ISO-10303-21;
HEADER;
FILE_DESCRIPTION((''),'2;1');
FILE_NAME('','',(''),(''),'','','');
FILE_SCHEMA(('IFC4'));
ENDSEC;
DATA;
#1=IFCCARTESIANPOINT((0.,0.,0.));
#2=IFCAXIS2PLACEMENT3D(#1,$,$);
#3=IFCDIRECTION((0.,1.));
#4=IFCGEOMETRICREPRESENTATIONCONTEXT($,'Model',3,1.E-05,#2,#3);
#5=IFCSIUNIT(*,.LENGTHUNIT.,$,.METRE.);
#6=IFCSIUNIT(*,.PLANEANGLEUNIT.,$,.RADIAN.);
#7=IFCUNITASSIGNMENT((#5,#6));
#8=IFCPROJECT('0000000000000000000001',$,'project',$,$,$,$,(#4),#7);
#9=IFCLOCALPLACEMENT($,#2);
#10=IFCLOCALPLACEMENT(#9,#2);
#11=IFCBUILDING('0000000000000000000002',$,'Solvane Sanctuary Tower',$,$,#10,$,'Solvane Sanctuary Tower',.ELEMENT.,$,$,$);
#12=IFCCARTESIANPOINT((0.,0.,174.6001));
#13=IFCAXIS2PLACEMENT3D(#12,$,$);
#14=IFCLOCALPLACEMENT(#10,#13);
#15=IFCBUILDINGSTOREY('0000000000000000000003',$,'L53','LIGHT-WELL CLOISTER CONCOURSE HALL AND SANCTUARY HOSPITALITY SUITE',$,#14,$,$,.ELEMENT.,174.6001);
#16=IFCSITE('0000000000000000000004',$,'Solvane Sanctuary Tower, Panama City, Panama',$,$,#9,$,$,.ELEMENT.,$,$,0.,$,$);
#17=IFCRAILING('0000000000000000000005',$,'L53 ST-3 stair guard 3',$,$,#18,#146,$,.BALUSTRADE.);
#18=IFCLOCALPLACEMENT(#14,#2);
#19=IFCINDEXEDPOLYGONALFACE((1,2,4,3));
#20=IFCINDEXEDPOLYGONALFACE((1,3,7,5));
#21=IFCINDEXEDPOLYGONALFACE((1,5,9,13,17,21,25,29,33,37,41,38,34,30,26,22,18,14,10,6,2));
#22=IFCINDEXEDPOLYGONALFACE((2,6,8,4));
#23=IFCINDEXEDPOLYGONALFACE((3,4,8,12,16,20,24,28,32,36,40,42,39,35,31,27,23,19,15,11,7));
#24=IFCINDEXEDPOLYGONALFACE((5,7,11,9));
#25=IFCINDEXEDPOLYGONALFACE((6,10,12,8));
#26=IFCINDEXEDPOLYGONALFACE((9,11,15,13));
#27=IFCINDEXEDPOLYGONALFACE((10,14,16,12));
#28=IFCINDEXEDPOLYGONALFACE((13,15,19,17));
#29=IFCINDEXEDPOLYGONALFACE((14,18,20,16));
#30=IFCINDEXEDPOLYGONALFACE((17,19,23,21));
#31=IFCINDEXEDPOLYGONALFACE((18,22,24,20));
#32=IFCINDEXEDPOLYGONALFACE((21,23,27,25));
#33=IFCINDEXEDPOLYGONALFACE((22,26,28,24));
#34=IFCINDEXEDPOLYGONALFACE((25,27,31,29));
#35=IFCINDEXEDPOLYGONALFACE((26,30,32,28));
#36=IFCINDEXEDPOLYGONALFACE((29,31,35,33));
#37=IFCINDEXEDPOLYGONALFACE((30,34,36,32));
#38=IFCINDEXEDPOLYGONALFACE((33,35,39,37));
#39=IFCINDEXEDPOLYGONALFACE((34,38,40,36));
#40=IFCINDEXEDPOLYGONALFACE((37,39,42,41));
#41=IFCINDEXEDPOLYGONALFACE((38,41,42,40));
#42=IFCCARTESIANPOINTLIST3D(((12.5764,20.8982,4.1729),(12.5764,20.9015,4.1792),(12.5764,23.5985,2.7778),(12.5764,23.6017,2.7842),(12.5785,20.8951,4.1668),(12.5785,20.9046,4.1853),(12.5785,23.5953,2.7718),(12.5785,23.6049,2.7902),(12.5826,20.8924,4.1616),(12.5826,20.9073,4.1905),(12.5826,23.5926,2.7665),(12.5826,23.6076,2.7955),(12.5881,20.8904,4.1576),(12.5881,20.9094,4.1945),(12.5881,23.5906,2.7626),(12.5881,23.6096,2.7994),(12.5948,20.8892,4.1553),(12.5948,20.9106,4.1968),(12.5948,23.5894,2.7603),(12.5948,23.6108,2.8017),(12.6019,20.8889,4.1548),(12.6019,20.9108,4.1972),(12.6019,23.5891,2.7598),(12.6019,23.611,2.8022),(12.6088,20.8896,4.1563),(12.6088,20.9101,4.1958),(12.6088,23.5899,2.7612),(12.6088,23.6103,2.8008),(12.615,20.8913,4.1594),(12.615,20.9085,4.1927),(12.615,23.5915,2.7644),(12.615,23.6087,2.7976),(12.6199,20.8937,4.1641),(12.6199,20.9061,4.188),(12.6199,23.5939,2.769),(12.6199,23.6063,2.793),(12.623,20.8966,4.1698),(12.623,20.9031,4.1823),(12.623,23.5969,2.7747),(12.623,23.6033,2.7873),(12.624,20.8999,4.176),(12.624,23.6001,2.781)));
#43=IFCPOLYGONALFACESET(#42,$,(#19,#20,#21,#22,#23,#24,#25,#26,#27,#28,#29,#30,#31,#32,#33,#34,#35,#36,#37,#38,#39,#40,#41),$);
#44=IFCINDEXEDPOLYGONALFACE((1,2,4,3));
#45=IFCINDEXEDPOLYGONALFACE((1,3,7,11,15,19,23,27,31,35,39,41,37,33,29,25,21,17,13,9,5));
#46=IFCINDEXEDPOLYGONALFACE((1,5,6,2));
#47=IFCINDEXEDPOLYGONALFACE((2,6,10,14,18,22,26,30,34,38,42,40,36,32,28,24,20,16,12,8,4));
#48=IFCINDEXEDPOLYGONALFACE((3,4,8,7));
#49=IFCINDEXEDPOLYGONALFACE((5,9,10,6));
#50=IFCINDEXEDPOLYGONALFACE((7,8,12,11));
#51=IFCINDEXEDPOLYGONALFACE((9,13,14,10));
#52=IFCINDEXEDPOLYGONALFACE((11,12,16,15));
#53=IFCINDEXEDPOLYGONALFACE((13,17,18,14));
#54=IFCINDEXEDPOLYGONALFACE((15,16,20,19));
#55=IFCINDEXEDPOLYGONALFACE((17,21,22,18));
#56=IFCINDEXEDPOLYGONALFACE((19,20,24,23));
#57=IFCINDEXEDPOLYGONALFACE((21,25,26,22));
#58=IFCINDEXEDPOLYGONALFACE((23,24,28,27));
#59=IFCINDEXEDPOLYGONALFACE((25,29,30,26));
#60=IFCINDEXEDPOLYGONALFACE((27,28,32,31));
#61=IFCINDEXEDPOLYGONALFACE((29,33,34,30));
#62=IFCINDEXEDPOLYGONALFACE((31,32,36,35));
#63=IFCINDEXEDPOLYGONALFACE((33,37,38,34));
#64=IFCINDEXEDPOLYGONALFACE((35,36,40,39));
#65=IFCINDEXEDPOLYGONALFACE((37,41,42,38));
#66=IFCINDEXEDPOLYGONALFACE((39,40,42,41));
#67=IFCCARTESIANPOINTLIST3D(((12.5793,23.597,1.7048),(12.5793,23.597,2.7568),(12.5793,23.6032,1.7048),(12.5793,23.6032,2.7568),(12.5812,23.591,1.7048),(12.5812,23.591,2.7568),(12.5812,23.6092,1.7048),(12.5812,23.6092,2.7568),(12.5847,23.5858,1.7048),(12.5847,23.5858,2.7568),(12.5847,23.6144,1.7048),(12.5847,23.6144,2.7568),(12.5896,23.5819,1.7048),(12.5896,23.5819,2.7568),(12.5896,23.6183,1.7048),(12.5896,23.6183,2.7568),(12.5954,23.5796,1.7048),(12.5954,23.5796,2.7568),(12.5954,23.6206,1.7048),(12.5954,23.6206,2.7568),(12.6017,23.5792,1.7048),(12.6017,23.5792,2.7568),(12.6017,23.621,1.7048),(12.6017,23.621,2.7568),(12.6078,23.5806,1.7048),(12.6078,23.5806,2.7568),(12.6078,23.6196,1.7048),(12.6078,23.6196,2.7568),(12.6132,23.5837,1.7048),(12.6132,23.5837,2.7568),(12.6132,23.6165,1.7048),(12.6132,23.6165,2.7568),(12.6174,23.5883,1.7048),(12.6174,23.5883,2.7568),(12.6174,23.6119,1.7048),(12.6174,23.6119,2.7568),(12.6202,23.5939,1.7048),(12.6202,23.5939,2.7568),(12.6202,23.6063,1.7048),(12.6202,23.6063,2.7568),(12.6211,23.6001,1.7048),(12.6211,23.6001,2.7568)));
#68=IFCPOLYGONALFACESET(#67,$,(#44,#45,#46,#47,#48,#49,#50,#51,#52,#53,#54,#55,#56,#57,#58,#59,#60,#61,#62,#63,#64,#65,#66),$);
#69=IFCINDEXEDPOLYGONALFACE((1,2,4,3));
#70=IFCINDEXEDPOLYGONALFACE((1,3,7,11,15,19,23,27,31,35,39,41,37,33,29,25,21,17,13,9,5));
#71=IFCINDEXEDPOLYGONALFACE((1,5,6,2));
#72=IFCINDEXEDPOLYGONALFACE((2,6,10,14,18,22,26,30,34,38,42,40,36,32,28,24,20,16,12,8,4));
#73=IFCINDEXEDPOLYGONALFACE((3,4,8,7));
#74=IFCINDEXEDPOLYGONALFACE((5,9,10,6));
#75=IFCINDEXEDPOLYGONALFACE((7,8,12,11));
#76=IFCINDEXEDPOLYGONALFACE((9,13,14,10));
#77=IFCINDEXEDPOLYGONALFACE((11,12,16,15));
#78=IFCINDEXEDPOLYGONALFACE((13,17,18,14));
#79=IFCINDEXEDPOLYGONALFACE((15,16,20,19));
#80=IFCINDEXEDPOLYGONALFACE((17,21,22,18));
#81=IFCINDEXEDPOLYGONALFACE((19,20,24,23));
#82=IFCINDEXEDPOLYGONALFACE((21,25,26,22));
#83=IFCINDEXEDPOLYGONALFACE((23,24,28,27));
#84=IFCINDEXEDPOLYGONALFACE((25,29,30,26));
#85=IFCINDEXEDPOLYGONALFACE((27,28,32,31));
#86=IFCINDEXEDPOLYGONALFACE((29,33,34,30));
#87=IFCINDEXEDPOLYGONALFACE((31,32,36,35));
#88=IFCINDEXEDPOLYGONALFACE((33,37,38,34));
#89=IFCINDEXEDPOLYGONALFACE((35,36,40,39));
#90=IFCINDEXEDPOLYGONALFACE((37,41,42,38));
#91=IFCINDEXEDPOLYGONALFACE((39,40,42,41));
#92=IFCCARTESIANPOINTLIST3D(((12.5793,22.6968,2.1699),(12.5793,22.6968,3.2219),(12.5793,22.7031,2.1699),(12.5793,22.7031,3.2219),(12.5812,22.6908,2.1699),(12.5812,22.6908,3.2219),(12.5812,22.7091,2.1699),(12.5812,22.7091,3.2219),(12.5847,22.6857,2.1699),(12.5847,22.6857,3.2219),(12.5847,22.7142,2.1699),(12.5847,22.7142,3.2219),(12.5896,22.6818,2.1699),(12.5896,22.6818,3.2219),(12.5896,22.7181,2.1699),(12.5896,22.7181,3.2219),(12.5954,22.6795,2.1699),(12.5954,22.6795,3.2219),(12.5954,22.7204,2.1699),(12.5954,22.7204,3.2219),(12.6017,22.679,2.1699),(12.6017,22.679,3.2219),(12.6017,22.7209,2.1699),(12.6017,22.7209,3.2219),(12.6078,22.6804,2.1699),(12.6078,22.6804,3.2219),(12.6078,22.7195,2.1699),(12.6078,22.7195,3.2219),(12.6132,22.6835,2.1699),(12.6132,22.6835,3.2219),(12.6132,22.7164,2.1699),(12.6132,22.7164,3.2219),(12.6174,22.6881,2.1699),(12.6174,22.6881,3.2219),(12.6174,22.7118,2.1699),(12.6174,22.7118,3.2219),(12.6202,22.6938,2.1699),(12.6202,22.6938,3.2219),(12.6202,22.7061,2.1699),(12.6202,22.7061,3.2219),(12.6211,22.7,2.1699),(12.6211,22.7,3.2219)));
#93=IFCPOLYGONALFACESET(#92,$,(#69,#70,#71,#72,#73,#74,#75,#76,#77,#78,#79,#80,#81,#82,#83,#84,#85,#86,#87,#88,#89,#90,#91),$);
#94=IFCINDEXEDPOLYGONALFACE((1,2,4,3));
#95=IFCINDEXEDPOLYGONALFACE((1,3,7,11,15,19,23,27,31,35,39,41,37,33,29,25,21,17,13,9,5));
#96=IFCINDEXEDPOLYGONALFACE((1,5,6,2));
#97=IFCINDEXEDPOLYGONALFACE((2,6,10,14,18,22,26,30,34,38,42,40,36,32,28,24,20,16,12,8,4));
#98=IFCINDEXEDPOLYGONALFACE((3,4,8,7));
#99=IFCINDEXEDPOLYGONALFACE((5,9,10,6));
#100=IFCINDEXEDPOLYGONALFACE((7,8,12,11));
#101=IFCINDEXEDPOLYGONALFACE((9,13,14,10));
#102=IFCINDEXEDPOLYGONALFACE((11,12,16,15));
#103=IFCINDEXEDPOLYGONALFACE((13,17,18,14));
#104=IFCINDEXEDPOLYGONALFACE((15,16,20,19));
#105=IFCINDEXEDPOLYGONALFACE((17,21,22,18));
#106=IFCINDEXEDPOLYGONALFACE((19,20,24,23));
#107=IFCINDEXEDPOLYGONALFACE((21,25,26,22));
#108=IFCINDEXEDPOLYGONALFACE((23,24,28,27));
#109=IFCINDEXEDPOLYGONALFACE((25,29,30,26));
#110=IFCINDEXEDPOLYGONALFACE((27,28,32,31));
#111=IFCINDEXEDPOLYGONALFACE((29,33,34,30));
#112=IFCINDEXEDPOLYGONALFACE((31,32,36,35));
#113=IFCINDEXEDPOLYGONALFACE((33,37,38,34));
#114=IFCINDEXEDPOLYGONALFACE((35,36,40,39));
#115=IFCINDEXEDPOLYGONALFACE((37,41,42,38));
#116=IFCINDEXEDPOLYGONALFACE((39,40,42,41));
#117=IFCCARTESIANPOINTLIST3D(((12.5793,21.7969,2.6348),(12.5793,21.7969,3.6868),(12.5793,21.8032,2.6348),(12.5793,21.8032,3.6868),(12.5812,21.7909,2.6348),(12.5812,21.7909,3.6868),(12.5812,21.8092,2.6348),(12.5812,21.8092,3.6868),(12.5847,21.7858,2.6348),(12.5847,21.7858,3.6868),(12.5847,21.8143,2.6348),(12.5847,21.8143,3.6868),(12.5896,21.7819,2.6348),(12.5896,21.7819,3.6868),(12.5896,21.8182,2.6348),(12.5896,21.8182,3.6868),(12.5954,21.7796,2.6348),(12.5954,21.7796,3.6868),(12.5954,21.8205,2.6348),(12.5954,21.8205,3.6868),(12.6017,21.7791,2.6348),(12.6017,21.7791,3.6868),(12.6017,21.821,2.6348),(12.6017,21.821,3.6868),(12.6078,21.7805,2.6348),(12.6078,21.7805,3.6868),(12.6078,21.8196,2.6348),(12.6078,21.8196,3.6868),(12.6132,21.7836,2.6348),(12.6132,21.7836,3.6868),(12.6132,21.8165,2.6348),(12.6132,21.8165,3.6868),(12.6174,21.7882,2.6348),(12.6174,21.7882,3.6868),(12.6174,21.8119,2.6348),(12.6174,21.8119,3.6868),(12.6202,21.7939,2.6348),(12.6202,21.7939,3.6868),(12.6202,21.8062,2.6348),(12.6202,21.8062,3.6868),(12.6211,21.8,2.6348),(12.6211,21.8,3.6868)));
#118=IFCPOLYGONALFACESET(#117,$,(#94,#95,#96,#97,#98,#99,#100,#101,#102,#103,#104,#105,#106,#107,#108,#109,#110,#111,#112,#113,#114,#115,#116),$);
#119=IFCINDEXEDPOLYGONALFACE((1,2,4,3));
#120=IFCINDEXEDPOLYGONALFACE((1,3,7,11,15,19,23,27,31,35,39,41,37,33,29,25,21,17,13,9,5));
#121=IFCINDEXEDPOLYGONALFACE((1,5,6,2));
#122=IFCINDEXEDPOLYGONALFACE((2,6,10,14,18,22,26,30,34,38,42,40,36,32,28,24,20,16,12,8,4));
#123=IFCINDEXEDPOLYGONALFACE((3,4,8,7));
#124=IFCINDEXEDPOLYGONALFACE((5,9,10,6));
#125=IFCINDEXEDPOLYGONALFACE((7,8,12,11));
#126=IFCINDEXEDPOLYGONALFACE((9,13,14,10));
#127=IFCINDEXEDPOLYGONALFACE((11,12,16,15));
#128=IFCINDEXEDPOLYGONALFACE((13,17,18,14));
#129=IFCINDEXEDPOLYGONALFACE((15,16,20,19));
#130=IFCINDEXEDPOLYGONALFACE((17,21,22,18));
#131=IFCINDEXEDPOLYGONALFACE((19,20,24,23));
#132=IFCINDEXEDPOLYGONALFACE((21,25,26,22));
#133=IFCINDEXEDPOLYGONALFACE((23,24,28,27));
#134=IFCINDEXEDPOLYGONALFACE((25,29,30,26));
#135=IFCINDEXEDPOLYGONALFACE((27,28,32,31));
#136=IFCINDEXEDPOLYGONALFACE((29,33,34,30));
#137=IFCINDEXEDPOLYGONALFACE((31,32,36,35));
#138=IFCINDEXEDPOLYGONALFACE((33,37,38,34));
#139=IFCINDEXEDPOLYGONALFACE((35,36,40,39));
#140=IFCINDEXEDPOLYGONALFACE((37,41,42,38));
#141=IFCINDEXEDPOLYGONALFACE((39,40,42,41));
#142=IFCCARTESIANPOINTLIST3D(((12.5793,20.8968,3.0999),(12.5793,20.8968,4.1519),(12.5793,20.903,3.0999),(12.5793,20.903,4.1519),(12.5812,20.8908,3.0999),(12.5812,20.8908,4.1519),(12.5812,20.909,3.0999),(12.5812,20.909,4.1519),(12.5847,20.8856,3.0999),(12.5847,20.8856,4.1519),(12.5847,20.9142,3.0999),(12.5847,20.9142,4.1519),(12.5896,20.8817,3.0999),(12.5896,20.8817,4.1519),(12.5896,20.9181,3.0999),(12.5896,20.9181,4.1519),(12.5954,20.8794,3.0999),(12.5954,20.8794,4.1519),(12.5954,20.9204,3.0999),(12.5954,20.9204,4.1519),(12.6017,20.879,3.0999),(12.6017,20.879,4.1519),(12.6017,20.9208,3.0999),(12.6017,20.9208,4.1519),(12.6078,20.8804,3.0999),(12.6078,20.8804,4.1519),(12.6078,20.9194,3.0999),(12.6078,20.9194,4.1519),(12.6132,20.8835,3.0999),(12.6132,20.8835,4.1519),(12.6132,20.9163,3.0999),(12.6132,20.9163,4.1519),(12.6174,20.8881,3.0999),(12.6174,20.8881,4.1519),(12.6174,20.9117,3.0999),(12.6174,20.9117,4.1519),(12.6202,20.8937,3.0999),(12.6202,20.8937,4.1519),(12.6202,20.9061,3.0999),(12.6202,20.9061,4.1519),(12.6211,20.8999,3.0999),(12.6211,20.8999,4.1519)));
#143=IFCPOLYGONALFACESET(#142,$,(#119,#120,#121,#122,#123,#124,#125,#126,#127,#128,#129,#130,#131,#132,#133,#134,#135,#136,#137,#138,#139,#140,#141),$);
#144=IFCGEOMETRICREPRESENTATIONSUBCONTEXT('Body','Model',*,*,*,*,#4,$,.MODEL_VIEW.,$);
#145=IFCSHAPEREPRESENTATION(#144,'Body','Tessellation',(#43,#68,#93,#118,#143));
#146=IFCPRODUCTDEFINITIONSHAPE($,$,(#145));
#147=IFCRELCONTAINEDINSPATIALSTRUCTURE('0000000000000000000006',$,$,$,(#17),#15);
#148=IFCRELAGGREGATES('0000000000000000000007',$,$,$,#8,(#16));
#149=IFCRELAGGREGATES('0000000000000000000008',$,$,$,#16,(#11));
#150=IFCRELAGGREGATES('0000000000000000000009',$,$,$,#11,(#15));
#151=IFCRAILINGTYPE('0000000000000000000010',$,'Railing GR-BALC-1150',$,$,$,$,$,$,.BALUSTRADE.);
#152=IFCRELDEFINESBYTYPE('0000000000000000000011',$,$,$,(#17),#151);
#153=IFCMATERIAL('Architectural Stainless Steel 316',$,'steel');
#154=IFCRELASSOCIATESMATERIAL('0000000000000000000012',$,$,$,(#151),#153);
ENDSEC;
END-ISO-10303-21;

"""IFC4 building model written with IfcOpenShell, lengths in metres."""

from ifc_helpers import new_model, si_unit, direction, frame, origin, origin_2d, place, context, subcontext, project, spatial, circle, extrude, material, type_object, element, save


model = new_model("IFC4")

# Units and contexts
model_context = context("Model", 3, precision=1e-05, world=origin(), true_north=direction((0.0, 1.0)))
body_context = subcontext(model_context, "Body", "Model", "MODEL_VIEW")
ifc_project = project(units=[si_unit("LENGTHUNIT", "METRE"), si_unit("PLANEANGLEUNIT", "RADIAN")], contexts=[model_context])

# Site, building, storey
site_placement = place(None, origin())
site = spatial("IfcSite", under=ifc_project, at=site_placement, Name="Solvane Sanctuary Tower, Panama City, Panama", CompositionType="ELEMENT", RefElevation=0.0)
building_placement = place(site_placement, origin())
building = spatial("IfcBuilding", under=site, at=building_placement, Name="Solvane Sanctuary Tower", LongName="Solvane Sanctuary Tower", CompositionType="ELEMENT")
storey_placement = place(building_placement, frame((0.0, 0.0, 174.6001)))
storey = spatial("IfcBuildingStorey", under=building, at=storey_placement, Name="L53", Description="LIGHT-WELL CLOISTER CONCOURSE HALL AND SANCTUARY HOSPITALITY SUITE", CompositionType="ELEMENT", Elevation=174.6001)

# Railing
ifc_material_1 = material(Name="Architectural Stainless Steel 316", Category="steel")
railing_type_1 = type_object("IfcRailingType", Name="Railing GR-BALC-1150", PredefinedType="BALUSTRADE", material=ifc_material_1)
railing_1_placement = place(storey_placement, frame((12.6001, 23.6001, 1.7048)))
element("IfcRailing", 1, at=railing_1_placement, inside=storey, type_object=railing_type_1, Name="L53 ST-3 stair guard 3", PredefinedType="BALUSTRADE", context=body_context, shape_type="SweptSolid", body=[
    extrude(circle(Radius=0.0239, at=origin_2d()), frame((0.0, 0.0, 1.0762), z_axis=(0.0, -0.888437, 0.458999), x_axis=(1.0, 0.0, 0.0)), (0.0, 0.0, 1.0), 3.0393),
    extrude(circle(Radius=0.021, at=origin_2d()), origin(), (0.0, 0.0, 1.0), 1.052),
    extrude(circle(Radius=0.021, at=origin_2d()), frame((0.0, -0.9001, 0.4651)), (0.0, 0.0, 1.0), 1.052),
    extrude(circle(Radius=0.021, at=origin_2d()), frame((0.0, -1.8, 0.9299)), (0.0, 0.0, 1.0), 1.052),
    extrude(circle(Radius=0.021, at=origin_2d()), frame((0.0, -2.7002, 1.395)), (0.0, 0.0, 1.0), 1.052),
])

save(model, "model.ifc")
